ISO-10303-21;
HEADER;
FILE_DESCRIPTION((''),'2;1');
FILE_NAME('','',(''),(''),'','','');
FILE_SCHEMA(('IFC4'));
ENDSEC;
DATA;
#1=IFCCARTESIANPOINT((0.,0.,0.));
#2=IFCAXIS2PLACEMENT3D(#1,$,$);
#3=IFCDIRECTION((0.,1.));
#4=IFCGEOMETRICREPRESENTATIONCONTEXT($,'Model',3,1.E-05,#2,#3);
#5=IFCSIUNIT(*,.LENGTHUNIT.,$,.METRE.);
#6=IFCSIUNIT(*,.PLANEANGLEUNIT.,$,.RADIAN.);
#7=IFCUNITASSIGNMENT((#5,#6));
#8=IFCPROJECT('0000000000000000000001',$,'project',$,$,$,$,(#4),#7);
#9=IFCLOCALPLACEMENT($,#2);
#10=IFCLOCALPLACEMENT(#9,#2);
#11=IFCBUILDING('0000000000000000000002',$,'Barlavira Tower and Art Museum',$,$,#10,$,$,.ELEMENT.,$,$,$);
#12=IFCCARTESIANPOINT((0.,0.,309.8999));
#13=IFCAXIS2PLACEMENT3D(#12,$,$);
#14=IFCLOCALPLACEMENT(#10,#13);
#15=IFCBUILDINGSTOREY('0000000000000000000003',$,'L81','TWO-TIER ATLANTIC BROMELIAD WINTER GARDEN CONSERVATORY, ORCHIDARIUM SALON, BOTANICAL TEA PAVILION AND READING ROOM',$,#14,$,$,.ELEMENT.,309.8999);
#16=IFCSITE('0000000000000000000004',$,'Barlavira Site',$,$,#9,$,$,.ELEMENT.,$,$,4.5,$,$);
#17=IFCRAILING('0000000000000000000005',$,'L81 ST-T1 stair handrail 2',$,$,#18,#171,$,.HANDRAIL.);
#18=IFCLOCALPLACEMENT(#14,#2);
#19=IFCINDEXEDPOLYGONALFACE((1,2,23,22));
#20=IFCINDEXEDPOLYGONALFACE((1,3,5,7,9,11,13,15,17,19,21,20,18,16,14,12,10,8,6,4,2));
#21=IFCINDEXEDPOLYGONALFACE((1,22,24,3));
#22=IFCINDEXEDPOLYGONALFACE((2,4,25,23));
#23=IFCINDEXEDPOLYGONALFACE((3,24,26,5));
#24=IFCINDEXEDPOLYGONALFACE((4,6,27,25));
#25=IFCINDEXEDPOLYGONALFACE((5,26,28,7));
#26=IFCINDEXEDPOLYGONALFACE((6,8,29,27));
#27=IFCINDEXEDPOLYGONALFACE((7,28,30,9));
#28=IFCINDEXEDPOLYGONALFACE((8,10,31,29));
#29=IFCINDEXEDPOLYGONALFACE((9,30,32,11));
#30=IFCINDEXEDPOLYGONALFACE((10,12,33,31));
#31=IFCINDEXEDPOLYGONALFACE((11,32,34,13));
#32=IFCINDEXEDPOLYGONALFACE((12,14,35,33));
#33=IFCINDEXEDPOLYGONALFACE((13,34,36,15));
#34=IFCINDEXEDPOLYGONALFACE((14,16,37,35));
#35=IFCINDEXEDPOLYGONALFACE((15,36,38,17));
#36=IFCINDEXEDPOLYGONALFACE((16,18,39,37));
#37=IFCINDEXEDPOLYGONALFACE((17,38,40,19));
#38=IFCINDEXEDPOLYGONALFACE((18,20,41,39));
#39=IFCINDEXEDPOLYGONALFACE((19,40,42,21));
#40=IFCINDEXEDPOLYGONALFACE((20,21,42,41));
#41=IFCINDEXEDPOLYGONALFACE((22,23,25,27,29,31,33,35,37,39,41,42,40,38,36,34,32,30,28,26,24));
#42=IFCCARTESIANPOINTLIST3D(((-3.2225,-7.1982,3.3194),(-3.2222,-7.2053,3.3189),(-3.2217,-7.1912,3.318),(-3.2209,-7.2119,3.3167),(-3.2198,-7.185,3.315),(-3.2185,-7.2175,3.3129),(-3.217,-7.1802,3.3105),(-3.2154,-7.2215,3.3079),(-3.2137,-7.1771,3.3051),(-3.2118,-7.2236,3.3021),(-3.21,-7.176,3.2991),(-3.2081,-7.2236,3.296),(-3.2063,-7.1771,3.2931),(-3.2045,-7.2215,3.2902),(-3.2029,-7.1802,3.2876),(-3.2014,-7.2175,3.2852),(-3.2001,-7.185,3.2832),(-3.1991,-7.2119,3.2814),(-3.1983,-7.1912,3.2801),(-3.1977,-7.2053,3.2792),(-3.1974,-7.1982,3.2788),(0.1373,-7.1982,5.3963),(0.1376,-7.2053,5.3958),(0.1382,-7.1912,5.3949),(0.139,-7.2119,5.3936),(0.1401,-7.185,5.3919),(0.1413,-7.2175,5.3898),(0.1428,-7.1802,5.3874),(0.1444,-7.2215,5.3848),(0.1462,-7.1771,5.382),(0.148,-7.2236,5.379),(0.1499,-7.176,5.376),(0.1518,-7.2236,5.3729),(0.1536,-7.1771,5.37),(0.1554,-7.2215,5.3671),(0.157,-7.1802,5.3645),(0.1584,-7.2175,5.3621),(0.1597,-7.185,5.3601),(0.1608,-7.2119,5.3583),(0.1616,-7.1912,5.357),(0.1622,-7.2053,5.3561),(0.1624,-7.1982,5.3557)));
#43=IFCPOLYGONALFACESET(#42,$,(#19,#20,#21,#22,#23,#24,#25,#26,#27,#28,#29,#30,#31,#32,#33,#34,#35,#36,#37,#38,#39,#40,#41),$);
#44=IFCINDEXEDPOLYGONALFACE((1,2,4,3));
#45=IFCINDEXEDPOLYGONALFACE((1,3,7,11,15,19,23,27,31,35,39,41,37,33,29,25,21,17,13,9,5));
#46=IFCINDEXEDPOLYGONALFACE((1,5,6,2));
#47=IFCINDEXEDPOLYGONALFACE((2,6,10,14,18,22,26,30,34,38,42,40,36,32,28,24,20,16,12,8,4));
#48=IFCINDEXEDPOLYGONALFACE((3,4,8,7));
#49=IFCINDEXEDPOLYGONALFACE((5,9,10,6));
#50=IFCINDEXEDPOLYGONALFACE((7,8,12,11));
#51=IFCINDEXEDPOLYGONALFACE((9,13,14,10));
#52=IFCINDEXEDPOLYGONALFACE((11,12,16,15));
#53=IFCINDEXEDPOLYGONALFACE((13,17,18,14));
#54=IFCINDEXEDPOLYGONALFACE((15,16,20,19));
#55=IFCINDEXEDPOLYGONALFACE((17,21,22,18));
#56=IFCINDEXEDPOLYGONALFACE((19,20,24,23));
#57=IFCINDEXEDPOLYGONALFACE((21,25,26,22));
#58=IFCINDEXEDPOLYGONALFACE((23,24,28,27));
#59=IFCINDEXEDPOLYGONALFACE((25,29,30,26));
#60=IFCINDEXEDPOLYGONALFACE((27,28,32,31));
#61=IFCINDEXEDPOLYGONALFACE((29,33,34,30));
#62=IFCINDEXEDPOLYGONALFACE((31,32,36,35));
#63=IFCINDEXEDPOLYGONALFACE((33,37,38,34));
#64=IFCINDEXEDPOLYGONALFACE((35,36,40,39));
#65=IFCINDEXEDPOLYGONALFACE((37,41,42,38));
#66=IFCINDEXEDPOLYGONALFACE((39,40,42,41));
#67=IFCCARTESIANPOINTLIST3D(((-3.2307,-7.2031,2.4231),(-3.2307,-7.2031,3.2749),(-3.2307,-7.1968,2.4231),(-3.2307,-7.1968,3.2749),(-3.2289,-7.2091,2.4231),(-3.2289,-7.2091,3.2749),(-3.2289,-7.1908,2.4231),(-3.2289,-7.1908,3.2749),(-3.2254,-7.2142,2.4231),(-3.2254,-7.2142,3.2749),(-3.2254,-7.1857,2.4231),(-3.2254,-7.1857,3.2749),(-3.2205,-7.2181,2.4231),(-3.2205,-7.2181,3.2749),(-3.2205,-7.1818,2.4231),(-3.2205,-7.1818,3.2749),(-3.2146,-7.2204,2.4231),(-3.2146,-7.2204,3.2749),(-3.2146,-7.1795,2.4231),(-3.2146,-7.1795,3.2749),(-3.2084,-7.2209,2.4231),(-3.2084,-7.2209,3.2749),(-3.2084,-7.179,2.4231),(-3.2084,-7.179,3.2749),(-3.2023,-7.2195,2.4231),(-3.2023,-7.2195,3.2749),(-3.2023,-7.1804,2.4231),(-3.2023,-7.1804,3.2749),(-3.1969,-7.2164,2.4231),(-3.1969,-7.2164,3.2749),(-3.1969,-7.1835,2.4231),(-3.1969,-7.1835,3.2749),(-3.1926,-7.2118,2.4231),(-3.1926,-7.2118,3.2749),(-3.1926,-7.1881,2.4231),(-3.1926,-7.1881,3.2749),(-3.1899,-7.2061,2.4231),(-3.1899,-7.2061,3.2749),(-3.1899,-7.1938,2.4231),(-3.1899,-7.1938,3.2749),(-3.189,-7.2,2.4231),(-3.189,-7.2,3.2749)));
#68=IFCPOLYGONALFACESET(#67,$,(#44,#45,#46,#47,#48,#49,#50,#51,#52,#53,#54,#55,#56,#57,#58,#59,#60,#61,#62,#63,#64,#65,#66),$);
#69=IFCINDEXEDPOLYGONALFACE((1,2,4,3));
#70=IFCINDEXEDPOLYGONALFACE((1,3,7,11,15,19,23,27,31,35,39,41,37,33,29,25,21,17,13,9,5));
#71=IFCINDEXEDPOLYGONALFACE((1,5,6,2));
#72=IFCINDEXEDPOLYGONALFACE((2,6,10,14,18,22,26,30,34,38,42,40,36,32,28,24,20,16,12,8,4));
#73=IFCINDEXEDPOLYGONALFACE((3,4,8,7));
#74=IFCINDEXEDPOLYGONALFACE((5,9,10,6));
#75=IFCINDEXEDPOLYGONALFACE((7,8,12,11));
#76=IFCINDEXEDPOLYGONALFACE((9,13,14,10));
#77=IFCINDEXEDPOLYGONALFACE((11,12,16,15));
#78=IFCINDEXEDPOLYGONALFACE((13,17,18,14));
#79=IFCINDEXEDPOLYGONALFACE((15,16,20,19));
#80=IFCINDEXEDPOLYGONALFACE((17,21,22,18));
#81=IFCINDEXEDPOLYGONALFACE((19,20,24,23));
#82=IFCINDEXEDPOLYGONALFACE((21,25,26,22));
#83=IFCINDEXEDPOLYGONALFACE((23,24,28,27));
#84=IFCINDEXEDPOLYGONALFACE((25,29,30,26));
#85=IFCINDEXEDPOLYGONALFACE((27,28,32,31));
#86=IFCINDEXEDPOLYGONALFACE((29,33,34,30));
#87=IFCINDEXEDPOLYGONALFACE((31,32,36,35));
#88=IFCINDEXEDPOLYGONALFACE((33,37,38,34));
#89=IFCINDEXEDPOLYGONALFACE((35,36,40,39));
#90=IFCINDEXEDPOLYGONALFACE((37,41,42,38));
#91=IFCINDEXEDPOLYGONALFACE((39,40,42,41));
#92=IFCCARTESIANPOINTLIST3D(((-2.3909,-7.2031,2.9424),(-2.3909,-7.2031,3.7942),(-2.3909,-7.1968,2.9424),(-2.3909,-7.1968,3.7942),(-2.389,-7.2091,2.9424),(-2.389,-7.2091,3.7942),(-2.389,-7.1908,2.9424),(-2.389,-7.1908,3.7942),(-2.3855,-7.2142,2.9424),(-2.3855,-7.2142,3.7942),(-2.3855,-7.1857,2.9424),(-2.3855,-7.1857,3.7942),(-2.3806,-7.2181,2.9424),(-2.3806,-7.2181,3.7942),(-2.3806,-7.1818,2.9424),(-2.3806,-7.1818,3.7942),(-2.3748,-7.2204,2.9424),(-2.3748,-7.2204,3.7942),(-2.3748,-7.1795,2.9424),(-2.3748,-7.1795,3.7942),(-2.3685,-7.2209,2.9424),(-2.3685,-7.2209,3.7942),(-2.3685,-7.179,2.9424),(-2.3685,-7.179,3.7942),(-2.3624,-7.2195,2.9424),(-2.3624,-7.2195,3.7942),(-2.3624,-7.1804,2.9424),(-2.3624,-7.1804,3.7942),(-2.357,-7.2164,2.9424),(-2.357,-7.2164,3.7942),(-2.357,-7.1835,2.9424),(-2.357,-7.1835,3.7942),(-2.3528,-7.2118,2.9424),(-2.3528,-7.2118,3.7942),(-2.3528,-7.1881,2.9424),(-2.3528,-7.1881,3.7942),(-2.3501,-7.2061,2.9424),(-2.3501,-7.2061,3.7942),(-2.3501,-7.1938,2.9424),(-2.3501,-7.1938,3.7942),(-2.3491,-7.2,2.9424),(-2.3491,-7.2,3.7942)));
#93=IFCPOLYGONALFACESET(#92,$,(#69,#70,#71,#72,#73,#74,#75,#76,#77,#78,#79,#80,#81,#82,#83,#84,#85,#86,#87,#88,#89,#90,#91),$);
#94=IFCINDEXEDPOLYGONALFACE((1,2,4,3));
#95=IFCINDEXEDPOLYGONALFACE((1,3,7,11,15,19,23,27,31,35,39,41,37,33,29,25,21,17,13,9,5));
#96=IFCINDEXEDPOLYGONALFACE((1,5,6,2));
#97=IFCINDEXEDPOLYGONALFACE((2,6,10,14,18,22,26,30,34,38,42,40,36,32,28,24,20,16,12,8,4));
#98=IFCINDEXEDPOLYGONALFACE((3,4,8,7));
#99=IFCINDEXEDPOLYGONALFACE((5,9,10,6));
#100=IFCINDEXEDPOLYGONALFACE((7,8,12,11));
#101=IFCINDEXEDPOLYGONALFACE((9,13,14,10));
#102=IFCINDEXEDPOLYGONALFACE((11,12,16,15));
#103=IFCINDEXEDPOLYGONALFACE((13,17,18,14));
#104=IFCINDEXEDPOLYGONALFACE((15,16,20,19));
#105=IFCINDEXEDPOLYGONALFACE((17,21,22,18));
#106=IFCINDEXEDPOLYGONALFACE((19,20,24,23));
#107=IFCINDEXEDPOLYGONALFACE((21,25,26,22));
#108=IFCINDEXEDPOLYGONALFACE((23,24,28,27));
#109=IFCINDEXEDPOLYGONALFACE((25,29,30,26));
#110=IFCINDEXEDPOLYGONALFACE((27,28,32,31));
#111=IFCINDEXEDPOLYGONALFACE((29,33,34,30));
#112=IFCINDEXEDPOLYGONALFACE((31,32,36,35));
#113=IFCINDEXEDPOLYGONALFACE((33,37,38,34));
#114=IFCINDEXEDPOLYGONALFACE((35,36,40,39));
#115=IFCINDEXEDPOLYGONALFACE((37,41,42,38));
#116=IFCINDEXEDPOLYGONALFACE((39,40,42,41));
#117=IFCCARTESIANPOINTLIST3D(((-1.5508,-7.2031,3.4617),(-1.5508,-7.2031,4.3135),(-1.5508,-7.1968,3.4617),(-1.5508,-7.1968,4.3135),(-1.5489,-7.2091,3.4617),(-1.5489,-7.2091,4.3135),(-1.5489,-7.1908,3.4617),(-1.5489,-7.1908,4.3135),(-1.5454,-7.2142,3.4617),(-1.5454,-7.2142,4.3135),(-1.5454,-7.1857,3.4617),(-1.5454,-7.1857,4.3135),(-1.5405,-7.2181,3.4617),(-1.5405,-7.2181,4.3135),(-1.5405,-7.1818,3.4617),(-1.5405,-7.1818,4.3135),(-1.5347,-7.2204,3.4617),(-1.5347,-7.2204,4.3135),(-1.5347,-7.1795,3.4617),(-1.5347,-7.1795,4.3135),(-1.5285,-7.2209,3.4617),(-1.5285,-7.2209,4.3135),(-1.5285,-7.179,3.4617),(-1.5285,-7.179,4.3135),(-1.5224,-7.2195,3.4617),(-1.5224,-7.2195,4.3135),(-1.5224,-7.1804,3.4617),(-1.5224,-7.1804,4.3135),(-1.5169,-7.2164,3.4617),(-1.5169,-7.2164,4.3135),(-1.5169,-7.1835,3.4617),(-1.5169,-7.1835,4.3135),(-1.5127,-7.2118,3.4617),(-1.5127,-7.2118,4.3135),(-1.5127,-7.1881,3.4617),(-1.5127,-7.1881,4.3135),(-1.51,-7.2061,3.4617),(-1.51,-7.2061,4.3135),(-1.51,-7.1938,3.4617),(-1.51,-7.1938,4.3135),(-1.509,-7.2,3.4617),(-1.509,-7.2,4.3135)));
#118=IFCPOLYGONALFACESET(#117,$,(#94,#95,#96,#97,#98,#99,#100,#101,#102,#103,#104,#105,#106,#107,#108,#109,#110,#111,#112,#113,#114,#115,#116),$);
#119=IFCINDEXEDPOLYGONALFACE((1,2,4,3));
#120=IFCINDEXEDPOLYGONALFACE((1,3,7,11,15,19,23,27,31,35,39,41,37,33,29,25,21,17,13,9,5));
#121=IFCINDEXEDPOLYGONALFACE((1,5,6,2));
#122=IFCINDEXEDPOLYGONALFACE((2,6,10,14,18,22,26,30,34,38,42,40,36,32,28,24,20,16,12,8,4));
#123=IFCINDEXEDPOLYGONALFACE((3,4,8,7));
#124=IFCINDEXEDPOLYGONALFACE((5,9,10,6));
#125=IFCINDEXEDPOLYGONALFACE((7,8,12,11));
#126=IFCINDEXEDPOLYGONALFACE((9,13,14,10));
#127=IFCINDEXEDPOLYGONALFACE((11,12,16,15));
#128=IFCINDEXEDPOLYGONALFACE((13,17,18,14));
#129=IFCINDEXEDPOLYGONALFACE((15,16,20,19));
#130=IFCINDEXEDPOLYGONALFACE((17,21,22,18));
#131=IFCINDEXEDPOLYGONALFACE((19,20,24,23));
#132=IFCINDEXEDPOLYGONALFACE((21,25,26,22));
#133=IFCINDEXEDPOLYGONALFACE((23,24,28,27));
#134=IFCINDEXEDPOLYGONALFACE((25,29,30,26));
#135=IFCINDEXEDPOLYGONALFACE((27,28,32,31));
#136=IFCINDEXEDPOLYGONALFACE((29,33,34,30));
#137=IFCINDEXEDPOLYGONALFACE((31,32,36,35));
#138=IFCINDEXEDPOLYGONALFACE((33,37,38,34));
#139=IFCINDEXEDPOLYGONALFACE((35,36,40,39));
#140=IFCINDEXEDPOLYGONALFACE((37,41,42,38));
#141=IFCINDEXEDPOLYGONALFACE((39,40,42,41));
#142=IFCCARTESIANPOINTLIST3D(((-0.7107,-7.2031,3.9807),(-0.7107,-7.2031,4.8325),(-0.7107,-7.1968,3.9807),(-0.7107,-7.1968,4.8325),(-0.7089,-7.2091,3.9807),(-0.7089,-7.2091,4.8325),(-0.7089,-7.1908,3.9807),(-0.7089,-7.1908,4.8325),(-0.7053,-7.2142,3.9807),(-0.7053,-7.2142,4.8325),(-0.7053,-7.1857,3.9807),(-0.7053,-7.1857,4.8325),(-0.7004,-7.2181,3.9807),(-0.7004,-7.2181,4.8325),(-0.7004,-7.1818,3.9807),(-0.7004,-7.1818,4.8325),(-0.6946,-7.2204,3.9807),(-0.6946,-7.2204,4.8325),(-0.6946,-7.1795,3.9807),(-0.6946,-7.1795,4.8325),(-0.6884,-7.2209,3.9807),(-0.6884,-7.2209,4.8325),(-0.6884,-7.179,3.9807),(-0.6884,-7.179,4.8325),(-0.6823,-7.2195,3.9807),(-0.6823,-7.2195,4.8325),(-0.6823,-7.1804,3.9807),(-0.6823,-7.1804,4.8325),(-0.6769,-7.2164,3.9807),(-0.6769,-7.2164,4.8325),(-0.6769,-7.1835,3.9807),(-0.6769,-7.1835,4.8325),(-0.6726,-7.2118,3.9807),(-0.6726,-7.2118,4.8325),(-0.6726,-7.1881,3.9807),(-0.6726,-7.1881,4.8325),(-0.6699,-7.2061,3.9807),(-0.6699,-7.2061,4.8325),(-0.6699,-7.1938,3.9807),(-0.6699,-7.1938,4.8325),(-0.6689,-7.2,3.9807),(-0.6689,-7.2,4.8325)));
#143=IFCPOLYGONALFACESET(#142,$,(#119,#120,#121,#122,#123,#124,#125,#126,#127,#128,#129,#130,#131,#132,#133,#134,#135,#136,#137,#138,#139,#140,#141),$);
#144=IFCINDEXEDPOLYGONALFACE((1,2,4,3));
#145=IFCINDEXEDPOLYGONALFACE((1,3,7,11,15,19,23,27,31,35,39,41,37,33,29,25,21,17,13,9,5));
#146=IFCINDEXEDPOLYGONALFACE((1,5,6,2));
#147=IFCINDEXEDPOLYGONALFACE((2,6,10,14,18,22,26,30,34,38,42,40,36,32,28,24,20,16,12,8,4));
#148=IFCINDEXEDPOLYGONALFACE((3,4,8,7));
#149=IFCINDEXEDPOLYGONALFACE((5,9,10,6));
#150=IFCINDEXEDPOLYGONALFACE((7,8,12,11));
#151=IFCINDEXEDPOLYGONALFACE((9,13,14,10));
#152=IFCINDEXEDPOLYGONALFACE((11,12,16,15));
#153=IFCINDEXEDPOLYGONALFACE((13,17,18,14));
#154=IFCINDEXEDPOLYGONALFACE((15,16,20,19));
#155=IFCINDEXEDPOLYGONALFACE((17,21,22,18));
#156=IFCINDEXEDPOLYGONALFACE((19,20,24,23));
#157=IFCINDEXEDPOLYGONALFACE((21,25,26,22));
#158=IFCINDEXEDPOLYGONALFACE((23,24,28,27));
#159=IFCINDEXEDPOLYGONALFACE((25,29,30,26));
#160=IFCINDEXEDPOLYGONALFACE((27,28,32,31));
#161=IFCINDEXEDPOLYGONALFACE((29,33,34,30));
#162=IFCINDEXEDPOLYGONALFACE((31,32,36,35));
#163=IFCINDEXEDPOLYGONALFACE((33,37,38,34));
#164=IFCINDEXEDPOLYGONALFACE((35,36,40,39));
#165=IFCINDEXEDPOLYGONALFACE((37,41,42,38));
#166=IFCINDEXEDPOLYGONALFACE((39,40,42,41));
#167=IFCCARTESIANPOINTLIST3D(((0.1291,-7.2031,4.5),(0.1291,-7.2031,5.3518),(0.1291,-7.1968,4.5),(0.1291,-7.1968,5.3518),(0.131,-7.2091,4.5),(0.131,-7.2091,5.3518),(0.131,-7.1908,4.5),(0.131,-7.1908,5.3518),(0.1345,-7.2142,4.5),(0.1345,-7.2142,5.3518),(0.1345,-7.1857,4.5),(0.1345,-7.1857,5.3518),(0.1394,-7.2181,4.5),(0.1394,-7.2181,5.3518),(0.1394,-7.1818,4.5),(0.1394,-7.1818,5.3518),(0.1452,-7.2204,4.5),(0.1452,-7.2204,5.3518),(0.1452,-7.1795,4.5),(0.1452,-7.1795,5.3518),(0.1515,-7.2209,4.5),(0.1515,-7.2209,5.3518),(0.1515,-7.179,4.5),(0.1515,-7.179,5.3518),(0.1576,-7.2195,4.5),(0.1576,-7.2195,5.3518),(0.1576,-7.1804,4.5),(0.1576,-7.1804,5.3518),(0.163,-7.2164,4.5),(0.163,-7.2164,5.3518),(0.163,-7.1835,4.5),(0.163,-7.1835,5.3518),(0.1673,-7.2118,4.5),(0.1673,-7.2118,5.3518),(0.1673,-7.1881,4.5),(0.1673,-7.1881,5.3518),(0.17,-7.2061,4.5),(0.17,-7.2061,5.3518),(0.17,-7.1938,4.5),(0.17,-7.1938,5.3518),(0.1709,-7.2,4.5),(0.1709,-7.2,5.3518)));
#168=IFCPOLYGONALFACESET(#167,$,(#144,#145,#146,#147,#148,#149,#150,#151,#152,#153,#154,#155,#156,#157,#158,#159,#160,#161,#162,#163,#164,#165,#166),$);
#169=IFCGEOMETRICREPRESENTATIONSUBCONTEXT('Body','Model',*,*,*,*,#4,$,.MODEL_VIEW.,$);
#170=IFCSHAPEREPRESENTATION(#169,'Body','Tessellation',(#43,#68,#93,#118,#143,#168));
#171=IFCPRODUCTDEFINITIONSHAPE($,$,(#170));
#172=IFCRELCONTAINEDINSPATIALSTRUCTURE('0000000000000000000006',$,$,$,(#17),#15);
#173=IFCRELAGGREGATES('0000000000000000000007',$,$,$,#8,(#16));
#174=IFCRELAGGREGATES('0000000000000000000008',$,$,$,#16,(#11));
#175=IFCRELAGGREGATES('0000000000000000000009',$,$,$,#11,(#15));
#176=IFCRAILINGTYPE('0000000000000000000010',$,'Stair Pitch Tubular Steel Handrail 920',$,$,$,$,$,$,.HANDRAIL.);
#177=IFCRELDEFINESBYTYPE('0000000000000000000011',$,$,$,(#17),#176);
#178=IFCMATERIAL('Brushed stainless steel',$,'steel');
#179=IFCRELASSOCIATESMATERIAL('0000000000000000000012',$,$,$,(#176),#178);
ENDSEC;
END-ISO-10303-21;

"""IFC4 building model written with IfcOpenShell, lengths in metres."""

from ifc_helpers import new_model, si_unit, direction, frame, origin, origin_2d, place, context, subcontext, project, spatial, circle, extrude, material, type_object, element, save


model = new_model("IFC4")

# Units and contexts
model_context = context("Model", 3, precision=1e-05, world=origin(), true_north=direction((0.0, 1.0)))
body_context = subcontext(model_context, "Body", "Model", "MODEL_VIEW")
ifc_project = project(units=[si_unit("LENGTHUNIT", "METRE"), si_unit("PLANEANGLEUNIT", "RADIAN")], contexts=[model_context])

# Site, building, storey
site_placement = place(None, origin())
site = spatial("IfcSite", under=ifc_project, at=site_placement, Name="Barlavira Site", CompositionType="ELEMENT", RefElevation=4.5)
building_placement = place(site_placement, origin())
building = spatial("IfcBuilding", under=site, at=building_placement, Name="Barlavira Tower and Art Museum", CompositionType="ELEMENT")
storey_placement = place(building_placement, frame((0.0, 0.0, 309.8999)))
storey = spatial("IfcBuildingStorey", under=building, at=storey_placement, Name="L81", Description="TWO-TIER ATLANTIC BROMELIAD WINTER GARDEN CONSERVATORY, ORCHIDARIUM SALON, BOTANICAL TEA PAVILION AND READING ROOM", CompositionType="ELEMENT", Elevation=309.8999)

# Shared definitions
ifc_material_1 = material(Name="Brushed stainless steel", Category="steel")

# Railing
railing_type_1 = type_object("IfcRailingType", Name="Stair Pitch Tubular Steel Handrail 920", PredefinedType="HANDRAIL", material=ifc_material_1)
railing_1_placement = place(storey_placement, frame((-3.21, -7.2, 2.4231)))
element("IfcRailing", 1, at=railing_1_placement, inside=storey, type_object=railing_type_1, Name="L81 ST-T1 stair handrail 2", PredefinedType="HANDRAIL", context=body_context, shape_type="SweptSolid", body=[
    extrude(circle(Radius=0.0239, at=origin_2d()), frame((0.0, 0.0, 0.876), z_axis=(0.850606, 0.0, 0.525803), x_axis=(0.0, 1.0, 0.0)), (0.0, 0.0, 1.0), 3.95),
    extrude(circle(Radius=0.021, at=origin_2d()), origin(), (0.0, 0.0, 1.0), 0.8518),
    extrude(circle(Radius=0.021, at=origin_2d()), frame((0.8398, 0.0, 0.5193)), (0.0, 0.0, 1.0), 0.8518),
    extrude(circle(Radius=0.021, at=origin_2d()), frame((1.6799, 0.0, 1.0386)), (0.0, 0.0, 1.0), 0.8518),
    extrude(circle(Radius=0.021, at=origin_2d()), frame((2.52, 0.0, 1.5576)), (0.0, 0.0, 1.0), 0.8518),
    extrude(circle(Radius=0.021, at=origin_2d()), frame((3.3599, 0.0, 2.0769)), (0.0, 0.0, 1.0), 0.8518),
])

save(model, "model.ifc")
